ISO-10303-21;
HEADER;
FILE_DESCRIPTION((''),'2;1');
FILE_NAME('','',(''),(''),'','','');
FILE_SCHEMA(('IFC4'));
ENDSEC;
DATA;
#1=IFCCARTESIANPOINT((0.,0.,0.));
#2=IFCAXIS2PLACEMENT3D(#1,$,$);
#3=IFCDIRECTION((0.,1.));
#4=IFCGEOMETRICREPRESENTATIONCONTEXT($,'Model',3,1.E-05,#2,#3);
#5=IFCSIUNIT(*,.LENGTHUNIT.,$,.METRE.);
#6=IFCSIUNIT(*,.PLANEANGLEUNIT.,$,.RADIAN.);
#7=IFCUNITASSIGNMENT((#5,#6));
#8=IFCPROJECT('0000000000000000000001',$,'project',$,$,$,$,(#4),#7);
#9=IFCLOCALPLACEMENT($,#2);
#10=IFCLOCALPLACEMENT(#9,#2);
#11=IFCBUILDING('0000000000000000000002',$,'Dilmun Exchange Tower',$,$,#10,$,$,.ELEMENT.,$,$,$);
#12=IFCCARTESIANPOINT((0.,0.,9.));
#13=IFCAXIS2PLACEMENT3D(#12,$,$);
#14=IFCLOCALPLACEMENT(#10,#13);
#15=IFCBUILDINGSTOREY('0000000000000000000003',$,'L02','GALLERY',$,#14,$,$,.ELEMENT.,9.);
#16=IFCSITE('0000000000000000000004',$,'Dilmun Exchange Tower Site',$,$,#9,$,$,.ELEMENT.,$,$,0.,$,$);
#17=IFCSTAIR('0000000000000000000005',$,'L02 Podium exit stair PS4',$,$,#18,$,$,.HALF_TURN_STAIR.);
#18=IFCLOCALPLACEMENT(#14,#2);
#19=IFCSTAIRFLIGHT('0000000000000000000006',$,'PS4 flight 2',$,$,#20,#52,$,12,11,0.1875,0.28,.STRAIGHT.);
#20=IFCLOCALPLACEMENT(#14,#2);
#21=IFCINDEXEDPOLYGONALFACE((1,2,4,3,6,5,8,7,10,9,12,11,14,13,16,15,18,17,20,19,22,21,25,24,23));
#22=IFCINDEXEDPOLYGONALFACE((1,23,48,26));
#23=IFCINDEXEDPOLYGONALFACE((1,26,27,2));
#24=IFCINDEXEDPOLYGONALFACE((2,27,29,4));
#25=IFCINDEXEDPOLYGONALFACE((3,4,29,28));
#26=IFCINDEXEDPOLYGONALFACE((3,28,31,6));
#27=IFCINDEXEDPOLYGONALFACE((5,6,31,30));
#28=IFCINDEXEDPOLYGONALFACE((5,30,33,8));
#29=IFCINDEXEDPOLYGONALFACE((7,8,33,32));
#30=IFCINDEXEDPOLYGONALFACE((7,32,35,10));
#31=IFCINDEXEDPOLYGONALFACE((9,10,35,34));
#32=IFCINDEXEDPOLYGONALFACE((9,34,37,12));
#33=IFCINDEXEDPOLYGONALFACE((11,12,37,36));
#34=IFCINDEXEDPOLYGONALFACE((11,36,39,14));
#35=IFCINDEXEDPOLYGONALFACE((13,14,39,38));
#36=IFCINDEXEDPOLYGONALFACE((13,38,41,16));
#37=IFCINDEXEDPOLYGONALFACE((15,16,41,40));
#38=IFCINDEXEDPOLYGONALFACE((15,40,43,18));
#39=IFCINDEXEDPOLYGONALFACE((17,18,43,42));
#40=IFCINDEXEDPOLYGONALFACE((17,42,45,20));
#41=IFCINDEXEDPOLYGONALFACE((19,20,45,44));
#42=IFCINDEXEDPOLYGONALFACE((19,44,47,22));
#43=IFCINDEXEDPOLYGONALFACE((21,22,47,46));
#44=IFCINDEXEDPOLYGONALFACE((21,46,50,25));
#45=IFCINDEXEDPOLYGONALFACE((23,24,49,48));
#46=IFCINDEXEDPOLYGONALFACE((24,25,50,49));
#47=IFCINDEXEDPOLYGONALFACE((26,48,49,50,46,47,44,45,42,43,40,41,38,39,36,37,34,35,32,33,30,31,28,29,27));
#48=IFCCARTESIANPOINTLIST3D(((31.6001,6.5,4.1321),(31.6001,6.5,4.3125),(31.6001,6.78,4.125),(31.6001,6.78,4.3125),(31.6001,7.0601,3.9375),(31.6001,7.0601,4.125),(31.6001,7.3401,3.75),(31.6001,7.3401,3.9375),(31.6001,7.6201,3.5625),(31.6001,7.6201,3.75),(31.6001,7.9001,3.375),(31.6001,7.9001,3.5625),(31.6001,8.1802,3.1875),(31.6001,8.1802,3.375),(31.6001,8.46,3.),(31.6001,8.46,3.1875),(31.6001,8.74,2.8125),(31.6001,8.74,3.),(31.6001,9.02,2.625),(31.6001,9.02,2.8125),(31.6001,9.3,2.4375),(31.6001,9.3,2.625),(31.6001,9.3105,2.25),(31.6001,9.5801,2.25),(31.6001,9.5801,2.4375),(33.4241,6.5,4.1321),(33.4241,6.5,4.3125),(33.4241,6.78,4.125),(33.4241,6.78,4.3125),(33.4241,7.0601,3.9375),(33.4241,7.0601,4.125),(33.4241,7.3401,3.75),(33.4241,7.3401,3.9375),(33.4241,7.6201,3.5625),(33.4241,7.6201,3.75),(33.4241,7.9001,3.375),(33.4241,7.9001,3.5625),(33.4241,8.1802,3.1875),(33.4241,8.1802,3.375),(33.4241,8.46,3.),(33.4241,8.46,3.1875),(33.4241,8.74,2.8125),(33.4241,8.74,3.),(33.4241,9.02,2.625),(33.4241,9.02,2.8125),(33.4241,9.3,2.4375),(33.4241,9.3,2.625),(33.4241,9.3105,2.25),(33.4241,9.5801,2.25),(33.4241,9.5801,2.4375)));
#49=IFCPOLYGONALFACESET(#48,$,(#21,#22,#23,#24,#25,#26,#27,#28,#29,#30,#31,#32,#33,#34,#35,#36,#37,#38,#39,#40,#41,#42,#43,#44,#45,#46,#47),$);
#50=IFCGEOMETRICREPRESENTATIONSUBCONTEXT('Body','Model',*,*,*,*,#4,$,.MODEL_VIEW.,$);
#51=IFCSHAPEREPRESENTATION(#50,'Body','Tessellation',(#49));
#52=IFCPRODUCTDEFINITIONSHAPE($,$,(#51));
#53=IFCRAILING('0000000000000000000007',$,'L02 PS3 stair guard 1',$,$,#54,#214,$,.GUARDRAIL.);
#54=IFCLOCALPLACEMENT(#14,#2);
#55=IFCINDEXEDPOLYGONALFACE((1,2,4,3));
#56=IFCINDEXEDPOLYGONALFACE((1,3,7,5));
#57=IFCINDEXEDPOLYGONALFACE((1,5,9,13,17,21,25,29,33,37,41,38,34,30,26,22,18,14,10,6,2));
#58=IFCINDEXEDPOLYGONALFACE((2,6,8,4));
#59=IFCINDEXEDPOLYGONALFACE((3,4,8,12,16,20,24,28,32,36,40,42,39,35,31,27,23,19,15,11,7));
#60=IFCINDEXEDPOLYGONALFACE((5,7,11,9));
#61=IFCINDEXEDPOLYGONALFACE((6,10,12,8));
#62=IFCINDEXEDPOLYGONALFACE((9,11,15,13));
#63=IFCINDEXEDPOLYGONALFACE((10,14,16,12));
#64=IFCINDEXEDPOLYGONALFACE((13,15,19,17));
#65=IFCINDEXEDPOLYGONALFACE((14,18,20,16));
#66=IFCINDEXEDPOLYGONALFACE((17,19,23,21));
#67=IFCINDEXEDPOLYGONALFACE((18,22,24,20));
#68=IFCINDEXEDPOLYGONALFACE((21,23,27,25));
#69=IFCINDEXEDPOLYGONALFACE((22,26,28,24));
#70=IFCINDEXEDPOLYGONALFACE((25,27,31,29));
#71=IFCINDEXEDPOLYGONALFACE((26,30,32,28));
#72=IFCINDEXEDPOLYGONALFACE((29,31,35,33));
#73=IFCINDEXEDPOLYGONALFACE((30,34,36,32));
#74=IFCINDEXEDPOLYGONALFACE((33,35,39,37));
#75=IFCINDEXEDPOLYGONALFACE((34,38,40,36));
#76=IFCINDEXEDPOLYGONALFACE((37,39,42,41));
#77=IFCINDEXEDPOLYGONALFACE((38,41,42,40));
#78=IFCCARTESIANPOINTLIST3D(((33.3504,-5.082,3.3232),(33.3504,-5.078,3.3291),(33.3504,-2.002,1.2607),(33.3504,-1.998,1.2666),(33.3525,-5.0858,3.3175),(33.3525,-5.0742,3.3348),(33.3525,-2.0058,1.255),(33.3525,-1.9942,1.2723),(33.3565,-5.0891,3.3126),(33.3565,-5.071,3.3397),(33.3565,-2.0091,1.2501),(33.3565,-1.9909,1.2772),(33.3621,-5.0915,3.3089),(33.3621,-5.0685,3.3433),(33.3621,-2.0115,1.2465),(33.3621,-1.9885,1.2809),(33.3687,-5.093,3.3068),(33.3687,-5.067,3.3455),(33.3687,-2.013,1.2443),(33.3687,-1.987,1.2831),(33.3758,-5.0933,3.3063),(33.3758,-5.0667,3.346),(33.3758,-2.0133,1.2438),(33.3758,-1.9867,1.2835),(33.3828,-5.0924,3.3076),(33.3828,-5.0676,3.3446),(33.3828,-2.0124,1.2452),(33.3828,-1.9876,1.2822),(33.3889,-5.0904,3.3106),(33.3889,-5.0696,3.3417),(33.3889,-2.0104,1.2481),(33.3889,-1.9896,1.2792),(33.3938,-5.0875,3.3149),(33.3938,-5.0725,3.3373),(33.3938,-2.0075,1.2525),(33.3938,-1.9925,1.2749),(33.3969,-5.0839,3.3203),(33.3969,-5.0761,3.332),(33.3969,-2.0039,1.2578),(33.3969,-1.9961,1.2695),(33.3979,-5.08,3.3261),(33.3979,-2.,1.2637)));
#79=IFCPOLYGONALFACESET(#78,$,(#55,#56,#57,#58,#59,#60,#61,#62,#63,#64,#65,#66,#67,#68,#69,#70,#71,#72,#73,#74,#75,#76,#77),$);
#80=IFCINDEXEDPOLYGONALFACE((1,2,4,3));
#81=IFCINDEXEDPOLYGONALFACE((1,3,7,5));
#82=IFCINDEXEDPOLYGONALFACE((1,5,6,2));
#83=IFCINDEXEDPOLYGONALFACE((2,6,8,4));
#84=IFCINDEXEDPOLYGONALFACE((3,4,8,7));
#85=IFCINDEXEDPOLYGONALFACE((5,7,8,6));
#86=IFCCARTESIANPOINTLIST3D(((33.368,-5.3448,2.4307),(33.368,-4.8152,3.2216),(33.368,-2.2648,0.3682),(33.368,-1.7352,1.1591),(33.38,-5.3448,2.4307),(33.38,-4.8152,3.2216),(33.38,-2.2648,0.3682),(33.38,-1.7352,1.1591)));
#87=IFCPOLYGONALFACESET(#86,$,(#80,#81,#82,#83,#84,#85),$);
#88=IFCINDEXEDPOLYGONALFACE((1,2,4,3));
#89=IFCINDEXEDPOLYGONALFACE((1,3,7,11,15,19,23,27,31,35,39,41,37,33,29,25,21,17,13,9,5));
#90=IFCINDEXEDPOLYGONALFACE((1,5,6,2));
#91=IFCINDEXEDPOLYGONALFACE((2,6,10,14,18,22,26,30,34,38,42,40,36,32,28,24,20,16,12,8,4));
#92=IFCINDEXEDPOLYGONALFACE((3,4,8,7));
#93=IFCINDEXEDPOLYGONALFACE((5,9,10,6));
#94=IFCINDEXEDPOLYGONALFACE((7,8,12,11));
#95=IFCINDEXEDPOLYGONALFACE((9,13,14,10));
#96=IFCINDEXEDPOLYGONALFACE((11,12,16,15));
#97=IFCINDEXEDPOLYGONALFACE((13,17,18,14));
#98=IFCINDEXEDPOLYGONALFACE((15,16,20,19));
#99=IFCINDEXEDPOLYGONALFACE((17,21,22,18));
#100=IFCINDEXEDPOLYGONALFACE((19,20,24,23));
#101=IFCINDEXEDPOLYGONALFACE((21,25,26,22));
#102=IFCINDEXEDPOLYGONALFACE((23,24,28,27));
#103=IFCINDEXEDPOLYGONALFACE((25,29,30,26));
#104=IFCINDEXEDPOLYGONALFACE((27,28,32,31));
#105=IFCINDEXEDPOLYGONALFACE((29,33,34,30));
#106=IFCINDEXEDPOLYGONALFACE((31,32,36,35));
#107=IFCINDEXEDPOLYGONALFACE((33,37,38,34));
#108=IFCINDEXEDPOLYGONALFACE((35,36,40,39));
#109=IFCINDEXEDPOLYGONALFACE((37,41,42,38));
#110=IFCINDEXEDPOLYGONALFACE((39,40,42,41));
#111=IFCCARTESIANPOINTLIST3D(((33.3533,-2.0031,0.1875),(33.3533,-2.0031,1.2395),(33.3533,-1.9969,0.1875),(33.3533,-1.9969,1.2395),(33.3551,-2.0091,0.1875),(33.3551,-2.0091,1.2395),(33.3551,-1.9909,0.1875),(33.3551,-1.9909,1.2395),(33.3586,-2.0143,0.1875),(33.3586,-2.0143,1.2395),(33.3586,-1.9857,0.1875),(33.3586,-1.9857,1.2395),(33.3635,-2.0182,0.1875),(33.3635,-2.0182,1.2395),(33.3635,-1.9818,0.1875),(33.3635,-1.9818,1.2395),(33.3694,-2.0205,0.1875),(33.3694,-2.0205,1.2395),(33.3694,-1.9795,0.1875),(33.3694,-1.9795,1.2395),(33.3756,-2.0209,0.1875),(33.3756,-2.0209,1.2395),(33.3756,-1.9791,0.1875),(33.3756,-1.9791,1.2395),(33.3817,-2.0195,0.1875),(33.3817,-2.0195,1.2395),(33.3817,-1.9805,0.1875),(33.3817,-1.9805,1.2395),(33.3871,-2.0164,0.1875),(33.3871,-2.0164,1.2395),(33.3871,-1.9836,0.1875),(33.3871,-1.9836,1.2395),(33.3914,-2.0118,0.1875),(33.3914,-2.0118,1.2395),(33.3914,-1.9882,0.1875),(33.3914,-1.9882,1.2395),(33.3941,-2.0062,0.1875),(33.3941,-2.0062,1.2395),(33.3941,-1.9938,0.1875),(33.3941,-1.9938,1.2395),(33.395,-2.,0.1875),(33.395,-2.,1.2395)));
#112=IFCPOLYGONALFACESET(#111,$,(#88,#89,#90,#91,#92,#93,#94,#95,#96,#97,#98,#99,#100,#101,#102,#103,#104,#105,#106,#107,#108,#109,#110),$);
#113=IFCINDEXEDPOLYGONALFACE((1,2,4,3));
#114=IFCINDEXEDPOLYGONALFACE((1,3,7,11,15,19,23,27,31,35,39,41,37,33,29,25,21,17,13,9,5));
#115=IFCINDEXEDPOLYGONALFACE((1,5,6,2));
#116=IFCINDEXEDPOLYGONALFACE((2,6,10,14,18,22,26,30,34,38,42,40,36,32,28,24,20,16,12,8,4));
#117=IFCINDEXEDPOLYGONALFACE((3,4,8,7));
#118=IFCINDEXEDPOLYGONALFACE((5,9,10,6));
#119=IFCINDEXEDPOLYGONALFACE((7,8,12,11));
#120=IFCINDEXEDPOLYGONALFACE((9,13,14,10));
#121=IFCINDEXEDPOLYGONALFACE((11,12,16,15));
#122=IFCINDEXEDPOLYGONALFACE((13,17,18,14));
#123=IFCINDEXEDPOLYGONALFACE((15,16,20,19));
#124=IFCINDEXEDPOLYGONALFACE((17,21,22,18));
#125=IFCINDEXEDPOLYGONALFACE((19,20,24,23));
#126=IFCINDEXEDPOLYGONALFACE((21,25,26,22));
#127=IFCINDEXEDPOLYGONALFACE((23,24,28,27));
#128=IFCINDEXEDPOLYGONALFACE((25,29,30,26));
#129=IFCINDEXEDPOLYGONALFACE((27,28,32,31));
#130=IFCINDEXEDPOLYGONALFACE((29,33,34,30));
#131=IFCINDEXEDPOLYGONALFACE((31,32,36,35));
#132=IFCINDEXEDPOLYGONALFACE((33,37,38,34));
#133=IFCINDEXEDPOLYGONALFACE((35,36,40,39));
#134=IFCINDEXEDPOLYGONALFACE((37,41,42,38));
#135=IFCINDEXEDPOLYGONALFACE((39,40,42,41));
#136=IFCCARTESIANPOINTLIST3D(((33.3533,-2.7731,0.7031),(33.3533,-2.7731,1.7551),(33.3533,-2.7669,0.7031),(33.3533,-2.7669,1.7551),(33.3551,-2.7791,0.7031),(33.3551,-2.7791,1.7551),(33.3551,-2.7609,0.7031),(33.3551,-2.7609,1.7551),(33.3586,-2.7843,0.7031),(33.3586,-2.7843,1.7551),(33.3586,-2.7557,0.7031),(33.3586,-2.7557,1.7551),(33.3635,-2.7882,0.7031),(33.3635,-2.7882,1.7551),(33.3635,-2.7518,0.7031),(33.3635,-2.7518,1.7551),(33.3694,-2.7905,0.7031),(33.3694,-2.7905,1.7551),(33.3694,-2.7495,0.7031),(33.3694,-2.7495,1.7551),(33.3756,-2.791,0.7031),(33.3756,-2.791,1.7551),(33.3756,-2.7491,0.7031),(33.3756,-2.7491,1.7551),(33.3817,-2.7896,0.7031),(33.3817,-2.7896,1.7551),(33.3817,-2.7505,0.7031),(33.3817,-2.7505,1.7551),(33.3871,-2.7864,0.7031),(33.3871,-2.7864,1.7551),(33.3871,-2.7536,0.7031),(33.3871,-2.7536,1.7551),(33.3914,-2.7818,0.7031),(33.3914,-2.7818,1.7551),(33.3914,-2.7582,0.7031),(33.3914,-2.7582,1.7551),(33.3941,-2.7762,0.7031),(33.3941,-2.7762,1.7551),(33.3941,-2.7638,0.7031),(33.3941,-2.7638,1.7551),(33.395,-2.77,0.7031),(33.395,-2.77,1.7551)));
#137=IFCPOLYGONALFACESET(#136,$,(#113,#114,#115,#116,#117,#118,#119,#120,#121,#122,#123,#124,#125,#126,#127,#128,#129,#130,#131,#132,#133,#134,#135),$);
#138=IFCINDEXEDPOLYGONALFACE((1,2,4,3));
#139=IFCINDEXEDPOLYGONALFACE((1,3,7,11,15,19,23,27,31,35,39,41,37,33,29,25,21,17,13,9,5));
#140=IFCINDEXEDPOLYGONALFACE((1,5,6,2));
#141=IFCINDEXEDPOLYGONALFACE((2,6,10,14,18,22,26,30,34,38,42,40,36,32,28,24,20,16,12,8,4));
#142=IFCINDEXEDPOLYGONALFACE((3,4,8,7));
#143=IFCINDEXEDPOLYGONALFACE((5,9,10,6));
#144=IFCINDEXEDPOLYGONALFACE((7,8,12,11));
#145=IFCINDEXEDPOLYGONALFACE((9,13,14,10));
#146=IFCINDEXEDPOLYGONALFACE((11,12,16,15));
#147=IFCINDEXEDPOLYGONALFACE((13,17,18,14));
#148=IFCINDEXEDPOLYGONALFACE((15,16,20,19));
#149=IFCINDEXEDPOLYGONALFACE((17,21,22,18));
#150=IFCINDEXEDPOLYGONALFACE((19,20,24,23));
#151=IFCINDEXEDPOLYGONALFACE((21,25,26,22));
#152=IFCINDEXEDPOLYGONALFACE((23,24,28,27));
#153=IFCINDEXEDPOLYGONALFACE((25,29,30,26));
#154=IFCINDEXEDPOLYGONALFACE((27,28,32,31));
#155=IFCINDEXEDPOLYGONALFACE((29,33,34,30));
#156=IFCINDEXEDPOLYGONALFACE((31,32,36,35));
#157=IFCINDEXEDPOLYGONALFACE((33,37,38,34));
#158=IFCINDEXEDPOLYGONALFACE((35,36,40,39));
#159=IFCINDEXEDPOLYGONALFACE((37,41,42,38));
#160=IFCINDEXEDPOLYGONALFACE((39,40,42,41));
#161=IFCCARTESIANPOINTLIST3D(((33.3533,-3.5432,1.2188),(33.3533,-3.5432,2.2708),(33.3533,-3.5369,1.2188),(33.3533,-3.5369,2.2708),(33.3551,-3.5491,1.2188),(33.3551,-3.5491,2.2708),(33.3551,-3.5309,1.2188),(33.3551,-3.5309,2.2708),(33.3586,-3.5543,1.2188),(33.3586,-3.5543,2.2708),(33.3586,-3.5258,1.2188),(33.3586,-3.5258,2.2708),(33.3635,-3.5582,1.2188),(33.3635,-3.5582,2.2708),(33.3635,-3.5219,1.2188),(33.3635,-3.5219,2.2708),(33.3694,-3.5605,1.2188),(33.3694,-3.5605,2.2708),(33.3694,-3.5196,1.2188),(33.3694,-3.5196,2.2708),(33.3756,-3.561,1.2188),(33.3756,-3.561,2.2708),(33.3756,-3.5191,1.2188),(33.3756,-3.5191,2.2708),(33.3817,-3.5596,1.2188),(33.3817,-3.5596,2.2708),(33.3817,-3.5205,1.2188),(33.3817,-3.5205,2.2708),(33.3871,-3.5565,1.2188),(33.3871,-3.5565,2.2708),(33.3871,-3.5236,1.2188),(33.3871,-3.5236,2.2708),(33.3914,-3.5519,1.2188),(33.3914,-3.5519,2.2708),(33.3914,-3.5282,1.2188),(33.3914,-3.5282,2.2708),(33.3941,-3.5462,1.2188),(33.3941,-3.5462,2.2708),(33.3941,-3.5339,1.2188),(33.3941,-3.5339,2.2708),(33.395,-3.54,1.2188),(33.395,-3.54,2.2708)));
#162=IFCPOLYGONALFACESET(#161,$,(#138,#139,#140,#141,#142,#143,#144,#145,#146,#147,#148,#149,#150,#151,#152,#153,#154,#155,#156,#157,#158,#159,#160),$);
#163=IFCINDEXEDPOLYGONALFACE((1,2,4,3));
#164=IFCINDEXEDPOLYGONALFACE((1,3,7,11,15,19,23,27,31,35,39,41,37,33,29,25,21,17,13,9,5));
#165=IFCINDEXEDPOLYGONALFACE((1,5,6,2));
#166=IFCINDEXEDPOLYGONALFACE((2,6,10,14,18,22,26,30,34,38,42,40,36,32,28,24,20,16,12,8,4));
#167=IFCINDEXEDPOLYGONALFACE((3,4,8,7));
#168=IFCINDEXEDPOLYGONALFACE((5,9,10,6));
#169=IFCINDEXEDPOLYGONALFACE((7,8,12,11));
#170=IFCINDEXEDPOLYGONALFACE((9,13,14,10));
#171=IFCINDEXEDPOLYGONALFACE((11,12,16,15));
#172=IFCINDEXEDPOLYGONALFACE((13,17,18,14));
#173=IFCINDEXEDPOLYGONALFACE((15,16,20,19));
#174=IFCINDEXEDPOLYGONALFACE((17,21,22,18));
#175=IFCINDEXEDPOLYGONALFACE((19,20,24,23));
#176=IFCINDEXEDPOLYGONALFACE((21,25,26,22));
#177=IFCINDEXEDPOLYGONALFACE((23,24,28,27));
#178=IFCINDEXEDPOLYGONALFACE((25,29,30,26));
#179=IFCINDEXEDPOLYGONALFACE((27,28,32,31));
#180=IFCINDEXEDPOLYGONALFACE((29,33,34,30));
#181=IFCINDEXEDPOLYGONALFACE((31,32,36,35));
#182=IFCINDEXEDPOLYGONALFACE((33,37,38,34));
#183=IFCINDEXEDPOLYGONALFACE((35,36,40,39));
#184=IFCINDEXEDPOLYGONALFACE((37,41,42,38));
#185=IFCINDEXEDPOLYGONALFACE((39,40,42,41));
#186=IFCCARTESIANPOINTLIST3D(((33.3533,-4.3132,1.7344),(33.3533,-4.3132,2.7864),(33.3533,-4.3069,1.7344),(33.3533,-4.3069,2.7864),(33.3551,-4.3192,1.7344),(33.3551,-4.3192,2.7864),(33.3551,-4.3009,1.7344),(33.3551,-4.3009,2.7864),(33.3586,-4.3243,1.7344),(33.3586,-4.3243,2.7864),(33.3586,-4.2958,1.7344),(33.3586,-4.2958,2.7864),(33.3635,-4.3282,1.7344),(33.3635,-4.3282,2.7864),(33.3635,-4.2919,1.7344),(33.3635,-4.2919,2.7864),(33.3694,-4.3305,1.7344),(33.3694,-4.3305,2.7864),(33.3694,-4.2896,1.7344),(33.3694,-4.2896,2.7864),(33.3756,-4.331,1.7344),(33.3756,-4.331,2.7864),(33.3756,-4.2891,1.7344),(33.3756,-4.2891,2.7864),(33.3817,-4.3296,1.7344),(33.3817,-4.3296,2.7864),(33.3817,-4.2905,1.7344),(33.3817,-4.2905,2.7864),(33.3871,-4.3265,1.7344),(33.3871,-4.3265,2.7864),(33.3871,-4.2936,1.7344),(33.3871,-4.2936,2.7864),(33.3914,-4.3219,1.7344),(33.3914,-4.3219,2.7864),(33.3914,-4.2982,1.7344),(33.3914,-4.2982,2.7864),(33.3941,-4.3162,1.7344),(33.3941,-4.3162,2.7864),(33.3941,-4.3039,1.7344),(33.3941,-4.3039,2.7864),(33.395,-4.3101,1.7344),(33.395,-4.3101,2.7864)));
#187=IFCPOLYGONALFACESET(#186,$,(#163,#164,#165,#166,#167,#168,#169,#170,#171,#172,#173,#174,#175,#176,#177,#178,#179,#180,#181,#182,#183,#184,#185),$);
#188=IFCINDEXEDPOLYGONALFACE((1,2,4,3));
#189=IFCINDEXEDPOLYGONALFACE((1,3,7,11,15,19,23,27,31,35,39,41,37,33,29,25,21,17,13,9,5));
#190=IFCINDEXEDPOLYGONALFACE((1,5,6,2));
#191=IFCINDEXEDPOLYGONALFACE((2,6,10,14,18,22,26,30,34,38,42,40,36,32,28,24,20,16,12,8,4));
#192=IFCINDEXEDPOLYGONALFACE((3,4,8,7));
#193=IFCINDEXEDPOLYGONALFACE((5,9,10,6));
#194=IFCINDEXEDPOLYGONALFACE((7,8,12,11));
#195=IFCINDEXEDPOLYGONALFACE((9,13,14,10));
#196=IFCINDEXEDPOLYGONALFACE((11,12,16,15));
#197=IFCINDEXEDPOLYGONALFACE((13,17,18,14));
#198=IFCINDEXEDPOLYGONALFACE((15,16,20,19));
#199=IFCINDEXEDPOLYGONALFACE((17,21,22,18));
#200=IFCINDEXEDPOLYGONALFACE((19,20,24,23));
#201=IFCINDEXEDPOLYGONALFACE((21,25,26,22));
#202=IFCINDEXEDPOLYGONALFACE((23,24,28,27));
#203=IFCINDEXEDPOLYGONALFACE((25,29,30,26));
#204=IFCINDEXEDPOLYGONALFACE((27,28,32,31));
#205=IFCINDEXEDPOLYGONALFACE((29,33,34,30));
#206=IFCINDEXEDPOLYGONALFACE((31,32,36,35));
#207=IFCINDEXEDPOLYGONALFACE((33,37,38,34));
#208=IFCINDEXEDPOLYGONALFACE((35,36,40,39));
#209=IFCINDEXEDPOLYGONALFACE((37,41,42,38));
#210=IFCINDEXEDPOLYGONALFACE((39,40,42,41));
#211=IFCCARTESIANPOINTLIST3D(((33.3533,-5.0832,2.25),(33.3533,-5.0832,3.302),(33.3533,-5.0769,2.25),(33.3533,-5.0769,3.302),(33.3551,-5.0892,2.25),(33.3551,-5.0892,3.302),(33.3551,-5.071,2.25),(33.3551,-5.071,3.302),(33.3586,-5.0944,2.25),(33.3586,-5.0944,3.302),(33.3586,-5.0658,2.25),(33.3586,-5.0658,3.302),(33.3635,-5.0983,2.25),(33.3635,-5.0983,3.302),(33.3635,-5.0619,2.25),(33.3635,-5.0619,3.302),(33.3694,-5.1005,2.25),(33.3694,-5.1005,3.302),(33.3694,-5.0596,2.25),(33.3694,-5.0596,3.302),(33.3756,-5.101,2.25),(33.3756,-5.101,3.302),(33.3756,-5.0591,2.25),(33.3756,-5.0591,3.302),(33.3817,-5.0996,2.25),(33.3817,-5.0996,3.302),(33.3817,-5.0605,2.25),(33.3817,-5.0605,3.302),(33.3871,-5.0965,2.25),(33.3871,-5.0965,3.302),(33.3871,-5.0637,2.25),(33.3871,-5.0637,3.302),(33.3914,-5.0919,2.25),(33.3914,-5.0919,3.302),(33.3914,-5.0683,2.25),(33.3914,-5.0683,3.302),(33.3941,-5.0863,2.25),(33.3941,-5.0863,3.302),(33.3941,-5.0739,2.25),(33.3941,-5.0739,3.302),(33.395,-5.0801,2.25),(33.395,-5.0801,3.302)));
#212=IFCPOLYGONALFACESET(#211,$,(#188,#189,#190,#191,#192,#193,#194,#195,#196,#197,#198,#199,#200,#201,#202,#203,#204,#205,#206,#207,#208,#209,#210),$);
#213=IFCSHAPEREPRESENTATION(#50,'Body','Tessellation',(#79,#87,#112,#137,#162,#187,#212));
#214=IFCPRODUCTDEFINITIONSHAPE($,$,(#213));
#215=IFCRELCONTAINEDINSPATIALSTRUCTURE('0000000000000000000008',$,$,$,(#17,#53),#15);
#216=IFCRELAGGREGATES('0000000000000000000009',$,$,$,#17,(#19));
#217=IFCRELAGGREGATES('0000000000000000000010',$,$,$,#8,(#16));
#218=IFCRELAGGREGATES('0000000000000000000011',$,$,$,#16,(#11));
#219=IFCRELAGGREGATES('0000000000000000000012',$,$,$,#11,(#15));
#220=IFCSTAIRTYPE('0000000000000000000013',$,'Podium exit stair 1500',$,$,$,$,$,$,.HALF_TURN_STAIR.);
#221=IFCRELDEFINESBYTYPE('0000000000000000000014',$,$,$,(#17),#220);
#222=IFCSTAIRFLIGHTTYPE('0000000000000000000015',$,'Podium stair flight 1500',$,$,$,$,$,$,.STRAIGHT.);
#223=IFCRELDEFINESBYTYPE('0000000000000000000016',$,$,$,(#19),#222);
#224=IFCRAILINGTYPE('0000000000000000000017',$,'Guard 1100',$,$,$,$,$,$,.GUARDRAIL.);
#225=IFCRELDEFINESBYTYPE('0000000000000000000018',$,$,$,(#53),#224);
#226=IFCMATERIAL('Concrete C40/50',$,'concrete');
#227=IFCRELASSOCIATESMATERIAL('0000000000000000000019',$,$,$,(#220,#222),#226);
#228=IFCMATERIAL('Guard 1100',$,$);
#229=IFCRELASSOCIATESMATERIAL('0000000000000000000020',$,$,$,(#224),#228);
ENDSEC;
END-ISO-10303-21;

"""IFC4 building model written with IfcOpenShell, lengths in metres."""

from ifc_helpers import new_model, si_unit, direction, frame, origin, origin_2d, place, context, subcontext, project, spatial, polyline, rectangle, circle, outline, extrude, material, type_object, element, aggregate, save


model = new_model("IFC4")

# Units and contexts
model_context = context("Model", 3, precision=1e-05, world=origin(), true_north=direction((0.0, 1.0)))
body_context = subcontext(model_context, "Body", "Model", "MODEL_VIEW")
ifc_project = project(units=[si_unit("LENGTHUNIT", "METRE"), si_unit("PLANEANGLEUNIT", "RADIAN")], contexts=[model_context])

# Site, building, storey
site_placement = place(None, origin())
site = spatial("IfcSite", under=ifc_project, at=site_placement, Name="Dilmun Exchange Tower Site", CompositionType="ELEMENT", RefElevation=0.0)
building_placement = place(site_placement, origin())
building = spatial("IfcBuilding", under=site, at=building_placement, Name="Dilmun Exchange Tower", CompositionType="ELEMENT")
storey_placement = place(building_placement, frame((0.0, 0.0, 9.0)))
storey = spatial("IfcBuildingStorey", under=building, at=storey_placement, Name="L02", Description="GALLERY", CompositionType="ELEMENT", Elevation=9.0)

# Shared definitions
ifc_material_1 = material(Name="Concrete C40/50", Category="concrete")
stair_type = type_object("IfcStairType", Name="Podium exit stair 1500", PredefinedType="HALF_TURN_STAIR", material=ifc_material_1)
stair_flight_type = type_object("IfcStairFlightType", Name="Podium stair flight 1500", PredefinedType="STRAIGHT", material=ifc_material_1)

# Stair, stair flight
stair_1_placement = place(storey_placement, origin())
stair_1 = element("IfcStair", 1, at=stair_1_placement, inside=storey, type_object=stair_type, Name="L02 Podium exit stair PS4", PredefinedType="HALF_TURN_STAIR")
stair_flight_1_placement = place(storey_placement, frame((32.512, 9.5801, 2.25), z_axis=(0.0, 0.0, 1.0), x_axis=(0.0, -1.0, 0.0)))
stair_flight_1 = element("IfcStairFlight", 2, at=stair_flight_1_placement, type_object=stair_flight_type, Name="PS4 flight 2", NumberOfRisers=12, NumberOfTreads=11, PredefinedType="STRAIGHT", RiserHeight=0.1875, TreadLength=0.28, context=body_context, shape_type="SweptSolid", body=[
    extrude(outline(polyline([(0.0, 0.0), (0.0, 0.1875), (0.28, 0.1875), (0.28, 0.375), (0.5601, 0.375), (0.5601, 0.5625), (0.8401, 0.5625), (0.8401, 0.75), (1.1201, 0.75), (1.1201, 0.9375), (1.3999, 0.9375), (1.3999, 1.125), (1.6799, 1.125), (1.6799, 1.3125), (1.96, 1.3125), (1.96, 1.5), (2.24, 1.5), (2.24, 1.6875), (2.52, 1.6875), (2.52, 1.875), (2.8, 1.875), (2.8, 2.0625), (3.0801, 2.0625), (3.0801, 2.25), (3.0801, 1.8821), (0.2695, 0.0), (0.0, 0.0)])), frame((0.0, 0.9121, 0.0), z_axis=(0.0, -1.0, 0.0), x_axis=(1.0, 0.0, 0.0)), (0.0, 0.0, 1.0), 1.824),
])
aggregate(stair_1, [stair_flight_1])

# Railing
ifc_material_2 = material(Name="Guard 1100")
railing_type_1 = type_object("IfcRailingType", Name="Guard 1100", PredefinedType="GUARDRAIL", material=ifc_material_2)
railing_1_placement = place(storey_placement, frame((33.374, -2.0, 0.1875)))
element("IfcRailing", 3, at=railing_1_placement, inside=storey, type_object=railing_type_1, Name="L02 PS3 stair guard 1", PredefinedType="GUARDRAIL", context=body_context, shape_type="SweptSolid", body=[
    extrude(circle(Radius=0.0239, at=origin_2d()), frame((0.0, 0.0, 1.0762), z_axis=(0.0, -0.830914, 0.556401), x_axis=(1.0, 0.0, 0.0)), (0.0, 0.0, 1.0), 3.7068),
    extrude(rectangle(XDim=0.012, YDim=0.9519, at=origin_2d()), frame((0.0, 0.0, 0.5762), z_axis=(0.0, -0.830914, 0.556401), x_axis=(1.0, 0.0, 0.0)), (0.0, 0.0, 1.0), 3.7068),
    extrude(circle(Radius=0.021, at=origin_2d()), origin(), (0.0, 0.0, 1.0), 1.052),
    extrude(circle(Radius=0.021, at=origin_2d()), frame((0.0, -0.77, 0.5156)), (0.0, 0.0, 1.0), 1.052),
    extrude(circle(Radius=0.021, at=origin_2d()), frame((0.0, -1.54, 1.0312)), (0.0, 0.0, 1.0), 1.052),
    extrude(circle(Radius=0.021, at=origin_2d()), frame((0.0, -2.3101, 1.5469)), (0.0, 0.0, 1.0), 1.052),
    extrude(circle(Radius=0.021, at=origin_2d()), frame((0.0, -3.0801, 2.0625)), (0.0, 0.0, 1.0), 1.052),
])

save(model, "model.ifc")
